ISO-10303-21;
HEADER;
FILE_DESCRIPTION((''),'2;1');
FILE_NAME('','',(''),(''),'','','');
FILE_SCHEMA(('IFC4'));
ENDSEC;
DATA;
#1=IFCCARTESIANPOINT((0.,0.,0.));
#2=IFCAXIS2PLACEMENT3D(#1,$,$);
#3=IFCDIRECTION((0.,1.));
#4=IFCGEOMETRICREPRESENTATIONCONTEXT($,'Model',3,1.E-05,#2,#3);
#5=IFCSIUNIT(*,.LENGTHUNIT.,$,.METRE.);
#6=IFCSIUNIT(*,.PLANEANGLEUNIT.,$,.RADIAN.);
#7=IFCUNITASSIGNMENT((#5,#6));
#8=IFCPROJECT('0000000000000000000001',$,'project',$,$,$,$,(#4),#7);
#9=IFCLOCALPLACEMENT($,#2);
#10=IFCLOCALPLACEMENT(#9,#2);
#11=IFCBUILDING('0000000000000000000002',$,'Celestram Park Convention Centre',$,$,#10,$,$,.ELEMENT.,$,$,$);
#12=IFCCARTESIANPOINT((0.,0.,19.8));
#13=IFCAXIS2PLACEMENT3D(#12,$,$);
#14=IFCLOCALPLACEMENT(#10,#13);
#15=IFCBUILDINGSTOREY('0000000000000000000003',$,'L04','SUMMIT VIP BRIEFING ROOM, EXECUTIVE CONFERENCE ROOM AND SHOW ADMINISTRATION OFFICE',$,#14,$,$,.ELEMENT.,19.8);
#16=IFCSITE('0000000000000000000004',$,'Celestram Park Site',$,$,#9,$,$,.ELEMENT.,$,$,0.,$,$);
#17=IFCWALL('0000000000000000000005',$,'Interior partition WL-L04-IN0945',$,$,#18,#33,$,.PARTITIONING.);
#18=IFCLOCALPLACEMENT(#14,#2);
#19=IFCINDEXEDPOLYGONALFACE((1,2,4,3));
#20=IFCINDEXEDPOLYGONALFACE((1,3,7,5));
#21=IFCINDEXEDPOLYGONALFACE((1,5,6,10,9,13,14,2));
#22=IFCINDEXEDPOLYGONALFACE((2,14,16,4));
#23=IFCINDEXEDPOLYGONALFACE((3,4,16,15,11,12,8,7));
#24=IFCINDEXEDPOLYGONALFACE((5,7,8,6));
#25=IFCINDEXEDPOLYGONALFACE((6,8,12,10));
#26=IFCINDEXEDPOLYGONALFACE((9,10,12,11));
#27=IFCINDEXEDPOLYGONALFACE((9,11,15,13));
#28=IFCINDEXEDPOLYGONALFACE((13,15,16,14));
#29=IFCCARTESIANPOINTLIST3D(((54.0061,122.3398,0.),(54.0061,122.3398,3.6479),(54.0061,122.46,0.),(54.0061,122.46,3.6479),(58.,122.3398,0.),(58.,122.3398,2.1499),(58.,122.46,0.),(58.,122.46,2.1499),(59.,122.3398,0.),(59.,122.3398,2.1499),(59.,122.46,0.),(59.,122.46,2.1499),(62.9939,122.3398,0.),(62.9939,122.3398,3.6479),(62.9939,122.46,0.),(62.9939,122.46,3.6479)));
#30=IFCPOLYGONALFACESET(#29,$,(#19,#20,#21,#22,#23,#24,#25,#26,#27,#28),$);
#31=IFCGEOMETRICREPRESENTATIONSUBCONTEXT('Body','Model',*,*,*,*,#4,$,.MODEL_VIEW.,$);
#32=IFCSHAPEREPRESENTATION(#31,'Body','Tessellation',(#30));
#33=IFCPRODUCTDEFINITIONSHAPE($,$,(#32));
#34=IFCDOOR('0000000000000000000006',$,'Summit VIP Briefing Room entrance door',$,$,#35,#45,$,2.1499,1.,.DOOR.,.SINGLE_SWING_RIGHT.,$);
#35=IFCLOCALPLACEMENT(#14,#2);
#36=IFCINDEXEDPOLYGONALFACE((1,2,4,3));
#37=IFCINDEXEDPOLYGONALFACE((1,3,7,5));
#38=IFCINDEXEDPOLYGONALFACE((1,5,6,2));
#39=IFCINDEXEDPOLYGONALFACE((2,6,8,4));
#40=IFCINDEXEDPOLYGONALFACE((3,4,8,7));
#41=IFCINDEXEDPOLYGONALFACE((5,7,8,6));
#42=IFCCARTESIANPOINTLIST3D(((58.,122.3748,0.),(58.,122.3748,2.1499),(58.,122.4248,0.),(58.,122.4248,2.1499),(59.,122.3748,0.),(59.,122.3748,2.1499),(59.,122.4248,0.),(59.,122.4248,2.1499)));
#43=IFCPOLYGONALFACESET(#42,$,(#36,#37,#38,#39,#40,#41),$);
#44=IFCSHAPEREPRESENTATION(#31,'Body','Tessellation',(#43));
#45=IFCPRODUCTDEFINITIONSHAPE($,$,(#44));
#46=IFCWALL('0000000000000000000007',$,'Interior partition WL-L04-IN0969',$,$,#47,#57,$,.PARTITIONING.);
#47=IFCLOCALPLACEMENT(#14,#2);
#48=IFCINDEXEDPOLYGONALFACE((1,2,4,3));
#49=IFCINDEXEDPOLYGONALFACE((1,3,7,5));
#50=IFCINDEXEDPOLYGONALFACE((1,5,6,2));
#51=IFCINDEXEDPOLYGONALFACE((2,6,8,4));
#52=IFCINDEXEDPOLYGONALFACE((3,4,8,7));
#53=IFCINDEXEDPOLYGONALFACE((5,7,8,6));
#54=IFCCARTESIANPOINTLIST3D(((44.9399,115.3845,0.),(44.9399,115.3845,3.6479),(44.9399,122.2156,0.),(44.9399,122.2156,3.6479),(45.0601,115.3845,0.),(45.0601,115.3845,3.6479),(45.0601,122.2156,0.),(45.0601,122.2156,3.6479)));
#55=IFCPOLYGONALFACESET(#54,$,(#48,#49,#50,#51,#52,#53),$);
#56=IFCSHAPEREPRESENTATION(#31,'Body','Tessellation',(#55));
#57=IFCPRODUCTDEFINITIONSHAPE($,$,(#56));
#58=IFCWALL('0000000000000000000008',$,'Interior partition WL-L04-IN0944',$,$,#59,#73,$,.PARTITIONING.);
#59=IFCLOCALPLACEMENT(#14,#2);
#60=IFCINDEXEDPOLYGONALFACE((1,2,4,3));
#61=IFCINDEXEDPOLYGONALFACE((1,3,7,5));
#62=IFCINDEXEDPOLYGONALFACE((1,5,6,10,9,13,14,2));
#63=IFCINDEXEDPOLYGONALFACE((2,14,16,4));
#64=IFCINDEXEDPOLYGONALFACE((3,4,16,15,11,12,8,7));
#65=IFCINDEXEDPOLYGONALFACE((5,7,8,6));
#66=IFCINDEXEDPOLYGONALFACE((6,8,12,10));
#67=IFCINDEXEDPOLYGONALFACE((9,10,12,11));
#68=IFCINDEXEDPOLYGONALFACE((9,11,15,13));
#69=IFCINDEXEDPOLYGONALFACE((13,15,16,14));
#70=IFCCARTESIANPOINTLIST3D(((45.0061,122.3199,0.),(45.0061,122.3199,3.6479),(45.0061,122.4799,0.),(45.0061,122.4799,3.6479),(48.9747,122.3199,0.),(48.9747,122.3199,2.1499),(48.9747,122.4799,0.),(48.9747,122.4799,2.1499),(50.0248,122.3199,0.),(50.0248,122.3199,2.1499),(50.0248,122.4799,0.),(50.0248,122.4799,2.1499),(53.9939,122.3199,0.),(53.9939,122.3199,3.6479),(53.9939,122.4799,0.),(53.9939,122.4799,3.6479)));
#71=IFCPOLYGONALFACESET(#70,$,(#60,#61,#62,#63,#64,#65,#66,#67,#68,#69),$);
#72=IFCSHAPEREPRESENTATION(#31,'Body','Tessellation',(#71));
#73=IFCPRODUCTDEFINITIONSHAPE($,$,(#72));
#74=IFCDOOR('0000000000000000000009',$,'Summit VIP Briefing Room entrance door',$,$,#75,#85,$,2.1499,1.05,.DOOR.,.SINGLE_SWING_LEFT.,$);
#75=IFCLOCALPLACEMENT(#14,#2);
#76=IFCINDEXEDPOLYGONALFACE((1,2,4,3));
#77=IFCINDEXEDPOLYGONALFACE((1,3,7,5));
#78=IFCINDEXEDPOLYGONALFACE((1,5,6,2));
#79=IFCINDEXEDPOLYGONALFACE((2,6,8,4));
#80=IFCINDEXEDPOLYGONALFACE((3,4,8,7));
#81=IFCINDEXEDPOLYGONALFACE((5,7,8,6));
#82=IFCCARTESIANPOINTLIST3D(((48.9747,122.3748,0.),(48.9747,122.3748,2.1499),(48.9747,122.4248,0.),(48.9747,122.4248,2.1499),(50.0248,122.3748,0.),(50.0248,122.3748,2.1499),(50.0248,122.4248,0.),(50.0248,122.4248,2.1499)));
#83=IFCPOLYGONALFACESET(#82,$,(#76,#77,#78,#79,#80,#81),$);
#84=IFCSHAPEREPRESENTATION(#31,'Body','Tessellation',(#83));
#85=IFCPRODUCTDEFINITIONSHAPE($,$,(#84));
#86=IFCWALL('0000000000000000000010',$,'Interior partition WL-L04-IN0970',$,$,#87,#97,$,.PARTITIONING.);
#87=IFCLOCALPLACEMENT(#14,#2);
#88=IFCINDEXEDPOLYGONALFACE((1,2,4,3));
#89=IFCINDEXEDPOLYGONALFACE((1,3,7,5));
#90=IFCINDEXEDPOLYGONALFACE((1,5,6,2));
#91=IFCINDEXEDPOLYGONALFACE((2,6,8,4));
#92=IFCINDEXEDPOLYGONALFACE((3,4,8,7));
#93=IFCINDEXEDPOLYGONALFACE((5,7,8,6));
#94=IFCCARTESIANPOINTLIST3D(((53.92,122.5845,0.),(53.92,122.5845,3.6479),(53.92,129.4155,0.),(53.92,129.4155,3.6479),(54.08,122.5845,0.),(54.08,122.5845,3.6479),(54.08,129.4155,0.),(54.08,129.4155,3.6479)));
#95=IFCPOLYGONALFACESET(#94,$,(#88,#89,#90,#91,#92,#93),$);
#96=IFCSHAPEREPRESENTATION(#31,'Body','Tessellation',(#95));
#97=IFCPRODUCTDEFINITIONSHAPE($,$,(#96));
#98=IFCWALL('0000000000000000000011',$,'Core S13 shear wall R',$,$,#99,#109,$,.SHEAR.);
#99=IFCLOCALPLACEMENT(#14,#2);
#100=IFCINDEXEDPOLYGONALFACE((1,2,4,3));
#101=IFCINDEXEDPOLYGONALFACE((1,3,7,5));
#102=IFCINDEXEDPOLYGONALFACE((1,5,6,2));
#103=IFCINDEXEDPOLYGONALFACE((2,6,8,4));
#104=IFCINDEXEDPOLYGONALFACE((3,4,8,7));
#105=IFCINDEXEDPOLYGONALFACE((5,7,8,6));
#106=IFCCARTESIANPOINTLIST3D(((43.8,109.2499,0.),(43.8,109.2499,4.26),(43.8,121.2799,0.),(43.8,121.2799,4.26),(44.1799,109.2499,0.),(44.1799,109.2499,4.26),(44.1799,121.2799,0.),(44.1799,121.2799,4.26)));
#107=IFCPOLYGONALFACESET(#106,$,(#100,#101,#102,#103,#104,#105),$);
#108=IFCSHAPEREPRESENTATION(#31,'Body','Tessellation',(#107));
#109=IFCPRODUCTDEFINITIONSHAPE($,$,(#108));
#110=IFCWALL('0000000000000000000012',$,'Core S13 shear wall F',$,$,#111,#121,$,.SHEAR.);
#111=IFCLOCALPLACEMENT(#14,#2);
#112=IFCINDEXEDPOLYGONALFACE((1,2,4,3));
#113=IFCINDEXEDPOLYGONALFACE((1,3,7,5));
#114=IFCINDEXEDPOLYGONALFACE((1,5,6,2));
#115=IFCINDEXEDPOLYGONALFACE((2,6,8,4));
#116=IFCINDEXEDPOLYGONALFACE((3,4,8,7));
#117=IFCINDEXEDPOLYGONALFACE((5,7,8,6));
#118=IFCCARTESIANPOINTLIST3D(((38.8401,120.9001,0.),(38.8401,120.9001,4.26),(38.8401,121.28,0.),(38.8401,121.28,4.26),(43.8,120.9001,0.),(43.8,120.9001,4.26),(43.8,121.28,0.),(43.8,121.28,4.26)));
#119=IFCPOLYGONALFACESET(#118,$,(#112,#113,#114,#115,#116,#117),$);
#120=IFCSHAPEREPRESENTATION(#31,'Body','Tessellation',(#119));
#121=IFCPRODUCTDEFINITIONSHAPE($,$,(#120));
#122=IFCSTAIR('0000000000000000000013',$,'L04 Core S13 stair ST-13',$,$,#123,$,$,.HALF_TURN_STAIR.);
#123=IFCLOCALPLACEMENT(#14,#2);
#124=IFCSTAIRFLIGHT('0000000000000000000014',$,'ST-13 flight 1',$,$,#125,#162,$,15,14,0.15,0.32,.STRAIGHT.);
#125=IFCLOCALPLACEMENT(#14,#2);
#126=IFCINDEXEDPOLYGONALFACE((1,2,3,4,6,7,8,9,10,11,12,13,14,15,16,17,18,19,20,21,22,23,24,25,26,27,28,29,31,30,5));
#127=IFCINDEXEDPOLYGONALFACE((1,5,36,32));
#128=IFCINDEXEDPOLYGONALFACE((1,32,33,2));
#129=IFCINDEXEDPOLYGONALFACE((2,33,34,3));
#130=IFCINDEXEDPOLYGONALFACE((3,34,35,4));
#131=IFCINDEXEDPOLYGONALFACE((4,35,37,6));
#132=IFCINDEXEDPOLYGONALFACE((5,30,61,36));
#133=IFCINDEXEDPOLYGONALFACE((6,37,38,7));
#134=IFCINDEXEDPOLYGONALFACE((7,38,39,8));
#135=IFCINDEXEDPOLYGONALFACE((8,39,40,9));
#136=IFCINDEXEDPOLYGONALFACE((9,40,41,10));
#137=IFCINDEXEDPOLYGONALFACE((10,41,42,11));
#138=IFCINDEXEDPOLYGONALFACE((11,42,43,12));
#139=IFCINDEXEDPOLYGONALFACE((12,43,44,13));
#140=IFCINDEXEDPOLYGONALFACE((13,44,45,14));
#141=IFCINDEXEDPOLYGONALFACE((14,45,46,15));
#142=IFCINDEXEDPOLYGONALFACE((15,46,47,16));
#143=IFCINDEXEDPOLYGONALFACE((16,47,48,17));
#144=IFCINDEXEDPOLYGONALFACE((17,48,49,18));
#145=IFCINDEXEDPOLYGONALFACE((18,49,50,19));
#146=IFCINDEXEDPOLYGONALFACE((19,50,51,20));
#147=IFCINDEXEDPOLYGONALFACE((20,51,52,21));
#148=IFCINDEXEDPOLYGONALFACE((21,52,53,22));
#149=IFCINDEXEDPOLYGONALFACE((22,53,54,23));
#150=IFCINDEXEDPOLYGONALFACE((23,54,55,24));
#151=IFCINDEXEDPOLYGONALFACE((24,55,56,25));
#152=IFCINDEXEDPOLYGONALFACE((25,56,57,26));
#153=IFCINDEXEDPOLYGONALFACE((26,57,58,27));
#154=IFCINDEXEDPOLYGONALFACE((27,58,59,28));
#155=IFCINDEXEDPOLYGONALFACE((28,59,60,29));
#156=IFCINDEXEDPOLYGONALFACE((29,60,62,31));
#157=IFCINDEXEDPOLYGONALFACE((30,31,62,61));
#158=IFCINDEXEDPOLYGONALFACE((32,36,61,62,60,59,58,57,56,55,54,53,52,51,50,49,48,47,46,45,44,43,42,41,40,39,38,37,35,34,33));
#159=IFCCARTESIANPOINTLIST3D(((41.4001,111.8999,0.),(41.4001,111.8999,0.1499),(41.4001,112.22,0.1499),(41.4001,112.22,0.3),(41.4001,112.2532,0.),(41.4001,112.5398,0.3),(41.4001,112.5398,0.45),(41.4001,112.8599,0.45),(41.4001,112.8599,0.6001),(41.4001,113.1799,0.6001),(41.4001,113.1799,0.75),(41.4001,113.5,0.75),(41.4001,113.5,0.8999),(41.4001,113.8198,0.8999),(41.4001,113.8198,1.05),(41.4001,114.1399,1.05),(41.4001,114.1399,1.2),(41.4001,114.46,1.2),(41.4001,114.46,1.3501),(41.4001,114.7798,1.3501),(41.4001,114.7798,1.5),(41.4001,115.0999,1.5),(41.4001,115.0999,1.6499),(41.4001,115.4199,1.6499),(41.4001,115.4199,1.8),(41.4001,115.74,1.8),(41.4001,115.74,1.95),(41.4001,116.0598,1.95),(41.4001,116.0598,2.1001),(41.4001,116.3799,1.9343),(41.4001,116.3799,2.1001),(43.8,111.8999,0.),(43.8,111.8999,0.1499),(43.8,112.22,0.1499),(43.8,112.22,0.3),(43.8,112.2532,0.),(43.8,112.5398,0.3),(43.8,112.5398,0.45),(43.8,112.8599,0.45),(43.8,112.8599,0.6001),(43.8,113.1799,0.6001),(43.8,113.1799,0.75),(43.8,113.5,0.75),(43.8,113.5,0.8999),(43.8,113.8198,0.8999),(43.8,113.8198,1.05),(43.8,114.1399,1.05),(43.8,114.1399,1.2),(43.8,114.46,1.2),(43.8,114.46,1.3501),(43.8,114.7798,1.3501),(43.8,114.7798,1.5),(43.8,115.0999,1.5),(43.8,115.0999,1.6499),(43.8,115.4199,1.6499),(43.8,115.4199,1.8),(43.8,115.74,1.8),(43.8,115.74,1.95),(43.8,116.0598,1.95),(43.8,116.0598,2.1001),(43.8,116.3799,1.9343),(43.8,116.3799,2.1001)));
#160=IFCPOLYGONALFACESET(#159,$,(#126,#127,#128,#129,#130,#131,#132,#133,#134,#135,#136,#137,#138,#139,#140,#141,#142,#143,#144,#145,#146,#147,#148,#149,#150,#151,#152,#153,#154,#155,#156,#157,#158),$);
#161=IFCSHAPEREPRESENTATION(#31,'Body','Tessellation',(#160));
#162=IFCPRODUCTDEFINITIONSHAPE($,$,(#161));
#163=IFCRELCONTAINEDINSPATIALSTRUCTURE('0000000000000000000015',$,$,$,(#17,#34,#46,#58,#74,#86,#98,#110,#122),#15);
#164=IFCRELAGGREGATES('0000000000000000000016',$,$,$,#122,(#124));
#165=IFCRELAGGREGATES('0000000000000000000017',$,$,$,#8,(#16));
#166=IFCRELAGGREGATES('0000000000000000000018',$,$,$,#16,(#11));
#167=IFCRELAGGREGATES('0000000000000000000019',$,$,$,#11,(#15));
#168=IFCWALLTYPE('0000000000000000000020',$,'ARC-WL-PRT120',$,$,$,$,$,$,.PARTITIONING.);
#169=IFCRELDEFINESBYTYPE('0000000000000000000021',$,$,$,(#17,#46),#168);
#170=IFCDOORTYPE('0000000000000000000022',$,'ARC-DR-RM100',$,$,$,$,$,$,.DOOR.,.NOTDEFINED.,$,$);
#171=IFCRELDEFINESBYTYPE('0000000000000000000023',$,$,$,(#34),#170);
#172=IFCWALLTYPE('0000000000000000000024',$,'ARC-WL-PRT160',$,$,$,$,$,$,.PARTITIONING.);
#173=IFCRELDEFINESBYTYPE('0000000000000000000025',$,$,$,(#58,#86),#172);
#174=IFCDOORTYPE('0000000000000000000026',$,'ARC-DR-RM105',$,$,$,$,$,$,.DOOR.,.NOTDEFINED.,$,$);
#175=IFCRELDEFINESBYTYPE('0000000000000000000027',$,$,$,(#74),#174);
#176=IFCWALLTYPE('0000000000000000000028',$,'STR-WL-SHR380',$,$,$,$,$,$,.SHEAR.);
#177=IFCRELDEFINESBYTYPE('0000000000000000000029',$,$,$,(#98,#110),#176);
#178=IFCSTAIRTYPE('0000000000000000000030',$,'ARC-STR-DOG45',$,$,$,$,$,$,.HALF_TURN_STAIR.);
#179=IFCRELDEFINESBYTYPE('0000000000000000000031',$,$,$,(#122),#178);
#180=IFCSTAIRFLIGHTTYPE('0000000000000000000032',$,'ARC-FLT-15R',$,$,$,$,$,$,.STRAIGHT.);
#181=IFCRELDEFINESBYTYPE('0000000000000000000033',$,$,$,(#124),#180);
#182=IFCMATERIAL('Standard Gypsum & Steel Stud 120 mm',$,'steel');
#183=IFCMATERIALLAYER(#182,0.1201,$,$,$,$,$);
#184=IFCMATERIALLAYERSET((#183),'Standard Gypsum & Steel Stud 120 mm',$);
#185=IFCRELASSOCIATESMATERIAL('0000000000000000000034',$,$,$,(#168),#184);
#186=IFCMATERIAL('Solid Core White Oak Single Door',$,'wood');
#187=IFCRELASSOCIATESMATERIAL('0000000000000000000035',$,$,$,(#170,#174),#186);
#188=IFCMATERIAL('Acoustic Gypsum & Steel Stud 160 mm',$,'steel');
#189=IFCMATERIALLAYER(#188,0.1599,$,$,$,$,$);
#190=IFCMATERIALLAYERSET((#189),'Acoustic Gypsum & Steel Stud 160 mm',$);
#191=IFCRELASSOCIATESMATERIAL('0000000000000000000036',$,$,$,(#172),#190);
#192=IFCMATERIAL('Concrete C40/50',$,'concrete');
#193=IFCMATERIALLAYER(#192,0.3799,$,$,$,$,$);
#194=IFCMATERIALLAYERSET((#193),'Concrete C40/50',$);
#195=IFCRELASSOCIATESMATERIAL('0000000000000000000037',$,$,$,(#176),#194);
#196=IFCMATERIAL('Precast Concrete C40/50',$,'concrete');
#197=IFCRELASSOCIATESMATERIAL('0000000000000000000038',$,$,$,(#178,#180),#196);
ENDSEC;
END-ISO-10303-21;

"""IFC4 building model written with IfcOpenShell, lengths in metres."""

from ifc_helpers import new_model, si_unit, direction, frame, frame_2d, origin, place, context, subcontext, project, spatial, polyline, rectangle, outline, extrude, material, layer, layer_set, type_object, element, fill, aggregate, save


model = new_model("IFC4")

# Units and contexts
model_context = context("Model", 3, precision=1e-05, world=origin(), true_north=direction((0.0, 1.0)))
body_context = subcontext(model_context, "Body", "Model", "MODEL_VIEW")
ifc_project = project(units=[si_unit("LENGTHUNIT", "METRE"), si_unit("PLANEANGLEUNIT", "RADIAN")], contexts=[model_context])

# Site, building, storey
site_placement = place(None, origin())
site = spatial("IfcSite", under=ifc_project, at=site_placement, Name="Celestram Park Site", CompositionType="ELEMENT", RefElevation=0.0)
building_placement = place(site_placement, origin())
building = spatial("IfcBuilding", under=site, at=building_placement, Name="Celestram Park Convention Centre", CompositionType="ELEMENT")
storey_placement = place(building_placement, frame((0.0, 0.0, 19.8)))
storey = spatial("IfcBuildingStorey", under=building, at=storey_placement, Name="L04", Description="SUMMIT VIP BRIEFING ROOM, EXECUTIVE CONFERENCE ROOM AND SHOW ADMINISTRATION OFFICE", CompositionType="ELEMENT", Elevation=19.8)

# Wall, opening, door
ifc_material_1 = material(Name="Standard Gypsum & Steel Stud 120 mm", Category="steel")
ifc_layer_1 = layer(ifc_material_1, 0.1201)
ifc_layer_set_1 = layer_set([ifc_layer_1], Name="Standard Gypsum & Steel Stud 120 mm")
wall_type_1 = type_object("IfcWallType", Name="ARC-WL-PRT120", PredefinedType="PARTITIONING", material=ifc_layer_set_1)
wall_1_placement = place(storey_placement, frame((54.0061, 122.3999, 0.0), z_axis=(0.0, 0.0, 1.0), x_axis=(1.0, 0.0, 0.0)))
wall_1 = element("IfcWall", 1, at=wall_1_placement, inside=storey, type_object=wall_type_1, Name="Interior partition WL-L04-IN0945", PredefinedType="PARTITIONING", context=body_context, shape_type="SweptSolid", body=[
    extrude(rectangle(XDim=8.9878, YDim=0.1201, at=frame_2d((4.4939, 0.0))), origin(), (0.0, 0.0, 1.0), 3.6479),
])
opening_1_placement = place(wall_1_placement, frame((3.9939, 0.0, 0.0)))
opening_1 = element("IfcOpeningElement", 2, at=opening_1_placement, cuts=wall_1, PredefinedType="OPENING", context=body_context, shape_type="SweptSolid", body=[
    extrude(rectangle(XDim=1.0, YDim=2.1499, at=frame_2d((0.5, 1.075))), frame((0.0, 0.0701, 0.0), z_axis=(0.0, -1.0, 0.0), x_axis=(1.0, 0.0, 0.0)), (0.0, 0.0, 1.0), 0.1401),
])
ifc_material_2 = material(Name="Solid Core White Oak Single Door", Category="wood")
door_type_1 = type_object("IfcDoorType", Name="ARC-DR-RM100", OperationType="NOTDEFINED", PredefinedType="DOOR", material=ifc_material_2)
door_1_placement = place(opening_1_placement, origin())
door_1 = element("IfcDoor", 3, at=door_1_placement, inside=storey, type_object=door_type_1, Name="Summit VIP Briefing Room entrance door", OperationType="SINGLE_SWING_RIGHT", OverallHeight=2.1499, OverallWidth=1.0, PredefinedType="DOOR", context=body_context, shape_type="SweptSolid", body=[
    extrude(rectangle(XDim=1.0, YDim=2.1499, at=frame_2d((0.5, 1.075))), frame((0.0, 0.0249, 0.0), z_axis=(0.0, -1.0, 0.0), x_axis=(1.0, 0.0, 0.0)), (0.0, 0.0, 1.0), 0.05),
])
fill(opening_1, door_1)

# Wall
wall_2_placement = place(storey_placement, frame((45.0, 115.3845, 0.0), z_axis=(0.0, 0.0, 1.0), x_axis=(0.0, 1.0, 0.0)))
element("IfcWall", 4, at=wall_2_placement, inside=storey, type_object=wall_type_1, Name="Interior partition WL-L04-IN0969", PredefinedType="PARTITIONING", context=body_context, shape_type="SweptSolid", body=[
    extrude(rectangle(XDim=6.8311, YDim=0.1201, at=frame_2d((3.4155, 0.0))), origin(), (0.0, 0.0, 1.0), 3.6479),
])

# Wall, opening, door
ifc_material_3 = material(Name="Acoustic Gypsum & Steel Stud 160 mm", Category="steel")
ifc_layer_2 = layer(ifc_material_3, 0.1599)
ifc_layer_set_2 = layer_set([ifc_layer_2], Name="Acoustic Gypsum & Steel Stud 160 mm")
wall_type_2 = type_object("IfcWallType", Name="ARC-WL-PRT160", PredefinedType="PARTITIONING", material=ifc_layer_set_2)
wall_3_placement = place(storey_placement, frame((45.0061, 122.3999, 0.0), z_axis=(0.0, 0.0, 1.0), x_axis=(1.0, 0.0, 0.0)))
wall_3 = element("IfcWall", 5, at=wall_3_placement, inside=storey, type_object=wall_type_2, Name="Interior partition WL-L04-IN0944", PredefinedType="PARTITIONING", context=body_context, shape_type="SweptSolid", body=[
    extrude(rectangle(XDim=8.9878, YDim=0.1599, at=frame_2d((4.4939, 0.0))), origin(), (0.0, 0.0, 1.0), 3.6479),
])
opening_2_placement = place(wall_3_placement, frame((3.9688, 0.0, 0.0)))
opening_2 = element("IfcOpeningElement", 6, at=opening_2_placement, cuts=wall_3, PredefinedType="OPENING", context=body_context, shape_type="SweptSolid", body=[
    extrude(rectangle(XDim=1.05, YDim=2.1499, at=frame_2d((0.5249, 1.075))), frame((0.0, 0.0898, 0.0), z_axis=(0.0, -1.0, 0.0), x_axis=(1.0, 0.0, 0.0)), (0.0, 0.0, 1.0), 0.1799),
])
door_type_2 = type_object("IfcDoorType", Name="ARC-DR-RM105", OperationType="NOTDEFINED", PredefinedType="DOOR", material=ifc_material_2)
door_2_placement = place(opening_2_placement, origin())
door_2 = element("IfcDoor", 7, at=door_2_placement, inside=storey, type_object=door_type_2, Name="Summit VIP Briefing Room entrance door", OperationType="SINGLE_SWING_LEFT", OverallHeight=2.1499, OverallWidth=1.05, PredefinedType="DOOR", context=body_context, shape_type="SweptSolid", body=[
    extrude(rectangle(XDim=1.05, YDim=2.1499, at=frame_2d((0.5249, 1.075))), frame((0.0, 0.0249, 0.0), z_axis=(0.0, -1.0, 0.0), x_axis=(1.0, 0.0, 0.0)), (0.0, 0.0, 1.0), 0.05),
])
fill(opening_2, door_2)

# Walls
wall_4_placement = place(storey_placement, frame((54.0, 122.5845, 0.0), z_axis=(0.0, 0.0, 1.0), x_axis=(0.0, 1.0, 0.0)))
element("IfcWall", 8, at=wall_4_placement, inside=storey, type_object=wall_type_2, Name="Interior partition WL-L04-IN0970", PredefinedType="PARTITIONING", context=body_context, shape_type="SweptSolid", body=[
    extrude(rectangle(XDim=6.8311, YDim=0.1599, at=frame_2d((3.4155, 0.0))), origin(), (0.0, 0.0, 1.0), 3.6479),
])
ifc_material_4 = material(Name="Concrete C40/50", Category="concrete")
ifc_layer_3 = layer(ifc_material_4, 0.3799)
ifc_layer_set_3 = layer_set([ifc_layer_3], Name="Concrete C40/50")
wall_type_3 = type_object("IfcWallType", Name="STR-WL-SHR380", PredefinedType="SHEAR", material=ifc_layer_set_3)
wall_5_placement = place(storey_placement, frame((43.99, 121.28, 0.0), z_axis=(0.0, 0.0, 1.0), x_axis=(0.0, -1.0, 0.0)))
element("IfcWall", 9, at=wall_5_placement, inside=storey, type_object=wall_type_3, Name="Core S13 shear wall R", PredefinedType="SHEAR", context=body_context, shape_type="SweptSolid", body=[
    extrude(rectangle(XDim=12.03, YDim=0.3799, at=frame_2d((6.0151, 0.0))), origin(), (0.0, 0.0, 1.0), 4.26),
])
wall_6_placement = place(storey_placement, frame((38.8401, 121.0901, 0.0), z_axis=(0.0, 0.0, 1.0), x_axis=(1.0, 0.0, 0.0)))
element("IfcWall", 10, at=wall_6_placement, inside=storey, type_object=wall_type_3, Name="Core S13 shear wall F", PredefinedType="SHEAR", context=body_context, shape_type="SweptSolid", body=[
    extrude(rectangle(XDim=4.96, YDim=0.3799, at=frame_2d((2.48, 0.0))), origin(), (0.0, 0.0, 1.0), 4.26),
])

# Stair, stair flight
ifc_material_5 = material(Name="Precast Concrete C40/50", Category="concrete")
stair_type = type_object("IfcStairType", Name="ARC-STR-DOG45", PredefinedType="HALF_TURN_STAIR", material=ifc_material_5)
stair_placement = place(storey_placement, origin())
stair = element("IfcStair", 11, at=stair_placement, inside=storey, type_object=stair_type, Name="L04 Core S13 stair ST-13", PredefinedType="HALF_TURN_STAIR")
stair_flight_type = type_object("IfcStairFlightType", Name="ARC-FLT-15R", PredefinedType="STRAIGHT", material=ifc_material_5)
stair_flight_1_placement = place(storey_placement, frame((42.6001, 111.8999, 0.0), z_axis=(0.0, 0.0, 1.0), x_axis=(0.0, 1.0, 0.0)))
stair_flight_1 = element("IfcStairFlight", 12, at=stair_flight_1_placement, type_object=stair_flight_type, Name="ST-13 flight 1", NumberOfRisers=15, NumberOfTreads=14, PredefinedType="STRAIGHT", RiserHeight=0.15, TreadLength=0.32, context=body_context, shape_type="SweptSolid", body=[
    extrude(outline(polyline([(0.0, 0.0), (0.0, 0.1499), (0.3201, 0.1499), (0.3201, 0.3), (0.6399, 0.3), (0.6399, 0.45), (0.96, 0.45), (0.96, 0.6001), (1.28, 0.6001), (1.28, 0.75), (1.6001, 0.75), (1.6001, 0.8999), (1.9199, 0.8999), (1.9199, 1.05), (2.24, 1.05), (2.24, 1.2), (2.5601, 1.2), (2.5601, 1.3501), (2.8799, 1.3501), (2.8799, 1.5), (3.2, 1.5), (3.2, 1.6499), (3.52, 1.6499), (3.52, 1.8), (3.8401, 1.8), (3.8401, 1.95), (4.1599, 1.95), (4.1599, 2.1001), (4.48, 2.1001), (4.48, 2.25), (4.48, 1.9343), (0.3533, 0.0), (0.0, 0.0)])), frame((0.0, 1.2, 0.0), z_axis=(0.0, -1.0, 0.0), x_axis=(1.0, 0.0, 0.0)), (0.0, 0.0, 1.0), 2.3999),
])
aggregate(stair, [stair_flight_1])

save(model, "model.ifc")
